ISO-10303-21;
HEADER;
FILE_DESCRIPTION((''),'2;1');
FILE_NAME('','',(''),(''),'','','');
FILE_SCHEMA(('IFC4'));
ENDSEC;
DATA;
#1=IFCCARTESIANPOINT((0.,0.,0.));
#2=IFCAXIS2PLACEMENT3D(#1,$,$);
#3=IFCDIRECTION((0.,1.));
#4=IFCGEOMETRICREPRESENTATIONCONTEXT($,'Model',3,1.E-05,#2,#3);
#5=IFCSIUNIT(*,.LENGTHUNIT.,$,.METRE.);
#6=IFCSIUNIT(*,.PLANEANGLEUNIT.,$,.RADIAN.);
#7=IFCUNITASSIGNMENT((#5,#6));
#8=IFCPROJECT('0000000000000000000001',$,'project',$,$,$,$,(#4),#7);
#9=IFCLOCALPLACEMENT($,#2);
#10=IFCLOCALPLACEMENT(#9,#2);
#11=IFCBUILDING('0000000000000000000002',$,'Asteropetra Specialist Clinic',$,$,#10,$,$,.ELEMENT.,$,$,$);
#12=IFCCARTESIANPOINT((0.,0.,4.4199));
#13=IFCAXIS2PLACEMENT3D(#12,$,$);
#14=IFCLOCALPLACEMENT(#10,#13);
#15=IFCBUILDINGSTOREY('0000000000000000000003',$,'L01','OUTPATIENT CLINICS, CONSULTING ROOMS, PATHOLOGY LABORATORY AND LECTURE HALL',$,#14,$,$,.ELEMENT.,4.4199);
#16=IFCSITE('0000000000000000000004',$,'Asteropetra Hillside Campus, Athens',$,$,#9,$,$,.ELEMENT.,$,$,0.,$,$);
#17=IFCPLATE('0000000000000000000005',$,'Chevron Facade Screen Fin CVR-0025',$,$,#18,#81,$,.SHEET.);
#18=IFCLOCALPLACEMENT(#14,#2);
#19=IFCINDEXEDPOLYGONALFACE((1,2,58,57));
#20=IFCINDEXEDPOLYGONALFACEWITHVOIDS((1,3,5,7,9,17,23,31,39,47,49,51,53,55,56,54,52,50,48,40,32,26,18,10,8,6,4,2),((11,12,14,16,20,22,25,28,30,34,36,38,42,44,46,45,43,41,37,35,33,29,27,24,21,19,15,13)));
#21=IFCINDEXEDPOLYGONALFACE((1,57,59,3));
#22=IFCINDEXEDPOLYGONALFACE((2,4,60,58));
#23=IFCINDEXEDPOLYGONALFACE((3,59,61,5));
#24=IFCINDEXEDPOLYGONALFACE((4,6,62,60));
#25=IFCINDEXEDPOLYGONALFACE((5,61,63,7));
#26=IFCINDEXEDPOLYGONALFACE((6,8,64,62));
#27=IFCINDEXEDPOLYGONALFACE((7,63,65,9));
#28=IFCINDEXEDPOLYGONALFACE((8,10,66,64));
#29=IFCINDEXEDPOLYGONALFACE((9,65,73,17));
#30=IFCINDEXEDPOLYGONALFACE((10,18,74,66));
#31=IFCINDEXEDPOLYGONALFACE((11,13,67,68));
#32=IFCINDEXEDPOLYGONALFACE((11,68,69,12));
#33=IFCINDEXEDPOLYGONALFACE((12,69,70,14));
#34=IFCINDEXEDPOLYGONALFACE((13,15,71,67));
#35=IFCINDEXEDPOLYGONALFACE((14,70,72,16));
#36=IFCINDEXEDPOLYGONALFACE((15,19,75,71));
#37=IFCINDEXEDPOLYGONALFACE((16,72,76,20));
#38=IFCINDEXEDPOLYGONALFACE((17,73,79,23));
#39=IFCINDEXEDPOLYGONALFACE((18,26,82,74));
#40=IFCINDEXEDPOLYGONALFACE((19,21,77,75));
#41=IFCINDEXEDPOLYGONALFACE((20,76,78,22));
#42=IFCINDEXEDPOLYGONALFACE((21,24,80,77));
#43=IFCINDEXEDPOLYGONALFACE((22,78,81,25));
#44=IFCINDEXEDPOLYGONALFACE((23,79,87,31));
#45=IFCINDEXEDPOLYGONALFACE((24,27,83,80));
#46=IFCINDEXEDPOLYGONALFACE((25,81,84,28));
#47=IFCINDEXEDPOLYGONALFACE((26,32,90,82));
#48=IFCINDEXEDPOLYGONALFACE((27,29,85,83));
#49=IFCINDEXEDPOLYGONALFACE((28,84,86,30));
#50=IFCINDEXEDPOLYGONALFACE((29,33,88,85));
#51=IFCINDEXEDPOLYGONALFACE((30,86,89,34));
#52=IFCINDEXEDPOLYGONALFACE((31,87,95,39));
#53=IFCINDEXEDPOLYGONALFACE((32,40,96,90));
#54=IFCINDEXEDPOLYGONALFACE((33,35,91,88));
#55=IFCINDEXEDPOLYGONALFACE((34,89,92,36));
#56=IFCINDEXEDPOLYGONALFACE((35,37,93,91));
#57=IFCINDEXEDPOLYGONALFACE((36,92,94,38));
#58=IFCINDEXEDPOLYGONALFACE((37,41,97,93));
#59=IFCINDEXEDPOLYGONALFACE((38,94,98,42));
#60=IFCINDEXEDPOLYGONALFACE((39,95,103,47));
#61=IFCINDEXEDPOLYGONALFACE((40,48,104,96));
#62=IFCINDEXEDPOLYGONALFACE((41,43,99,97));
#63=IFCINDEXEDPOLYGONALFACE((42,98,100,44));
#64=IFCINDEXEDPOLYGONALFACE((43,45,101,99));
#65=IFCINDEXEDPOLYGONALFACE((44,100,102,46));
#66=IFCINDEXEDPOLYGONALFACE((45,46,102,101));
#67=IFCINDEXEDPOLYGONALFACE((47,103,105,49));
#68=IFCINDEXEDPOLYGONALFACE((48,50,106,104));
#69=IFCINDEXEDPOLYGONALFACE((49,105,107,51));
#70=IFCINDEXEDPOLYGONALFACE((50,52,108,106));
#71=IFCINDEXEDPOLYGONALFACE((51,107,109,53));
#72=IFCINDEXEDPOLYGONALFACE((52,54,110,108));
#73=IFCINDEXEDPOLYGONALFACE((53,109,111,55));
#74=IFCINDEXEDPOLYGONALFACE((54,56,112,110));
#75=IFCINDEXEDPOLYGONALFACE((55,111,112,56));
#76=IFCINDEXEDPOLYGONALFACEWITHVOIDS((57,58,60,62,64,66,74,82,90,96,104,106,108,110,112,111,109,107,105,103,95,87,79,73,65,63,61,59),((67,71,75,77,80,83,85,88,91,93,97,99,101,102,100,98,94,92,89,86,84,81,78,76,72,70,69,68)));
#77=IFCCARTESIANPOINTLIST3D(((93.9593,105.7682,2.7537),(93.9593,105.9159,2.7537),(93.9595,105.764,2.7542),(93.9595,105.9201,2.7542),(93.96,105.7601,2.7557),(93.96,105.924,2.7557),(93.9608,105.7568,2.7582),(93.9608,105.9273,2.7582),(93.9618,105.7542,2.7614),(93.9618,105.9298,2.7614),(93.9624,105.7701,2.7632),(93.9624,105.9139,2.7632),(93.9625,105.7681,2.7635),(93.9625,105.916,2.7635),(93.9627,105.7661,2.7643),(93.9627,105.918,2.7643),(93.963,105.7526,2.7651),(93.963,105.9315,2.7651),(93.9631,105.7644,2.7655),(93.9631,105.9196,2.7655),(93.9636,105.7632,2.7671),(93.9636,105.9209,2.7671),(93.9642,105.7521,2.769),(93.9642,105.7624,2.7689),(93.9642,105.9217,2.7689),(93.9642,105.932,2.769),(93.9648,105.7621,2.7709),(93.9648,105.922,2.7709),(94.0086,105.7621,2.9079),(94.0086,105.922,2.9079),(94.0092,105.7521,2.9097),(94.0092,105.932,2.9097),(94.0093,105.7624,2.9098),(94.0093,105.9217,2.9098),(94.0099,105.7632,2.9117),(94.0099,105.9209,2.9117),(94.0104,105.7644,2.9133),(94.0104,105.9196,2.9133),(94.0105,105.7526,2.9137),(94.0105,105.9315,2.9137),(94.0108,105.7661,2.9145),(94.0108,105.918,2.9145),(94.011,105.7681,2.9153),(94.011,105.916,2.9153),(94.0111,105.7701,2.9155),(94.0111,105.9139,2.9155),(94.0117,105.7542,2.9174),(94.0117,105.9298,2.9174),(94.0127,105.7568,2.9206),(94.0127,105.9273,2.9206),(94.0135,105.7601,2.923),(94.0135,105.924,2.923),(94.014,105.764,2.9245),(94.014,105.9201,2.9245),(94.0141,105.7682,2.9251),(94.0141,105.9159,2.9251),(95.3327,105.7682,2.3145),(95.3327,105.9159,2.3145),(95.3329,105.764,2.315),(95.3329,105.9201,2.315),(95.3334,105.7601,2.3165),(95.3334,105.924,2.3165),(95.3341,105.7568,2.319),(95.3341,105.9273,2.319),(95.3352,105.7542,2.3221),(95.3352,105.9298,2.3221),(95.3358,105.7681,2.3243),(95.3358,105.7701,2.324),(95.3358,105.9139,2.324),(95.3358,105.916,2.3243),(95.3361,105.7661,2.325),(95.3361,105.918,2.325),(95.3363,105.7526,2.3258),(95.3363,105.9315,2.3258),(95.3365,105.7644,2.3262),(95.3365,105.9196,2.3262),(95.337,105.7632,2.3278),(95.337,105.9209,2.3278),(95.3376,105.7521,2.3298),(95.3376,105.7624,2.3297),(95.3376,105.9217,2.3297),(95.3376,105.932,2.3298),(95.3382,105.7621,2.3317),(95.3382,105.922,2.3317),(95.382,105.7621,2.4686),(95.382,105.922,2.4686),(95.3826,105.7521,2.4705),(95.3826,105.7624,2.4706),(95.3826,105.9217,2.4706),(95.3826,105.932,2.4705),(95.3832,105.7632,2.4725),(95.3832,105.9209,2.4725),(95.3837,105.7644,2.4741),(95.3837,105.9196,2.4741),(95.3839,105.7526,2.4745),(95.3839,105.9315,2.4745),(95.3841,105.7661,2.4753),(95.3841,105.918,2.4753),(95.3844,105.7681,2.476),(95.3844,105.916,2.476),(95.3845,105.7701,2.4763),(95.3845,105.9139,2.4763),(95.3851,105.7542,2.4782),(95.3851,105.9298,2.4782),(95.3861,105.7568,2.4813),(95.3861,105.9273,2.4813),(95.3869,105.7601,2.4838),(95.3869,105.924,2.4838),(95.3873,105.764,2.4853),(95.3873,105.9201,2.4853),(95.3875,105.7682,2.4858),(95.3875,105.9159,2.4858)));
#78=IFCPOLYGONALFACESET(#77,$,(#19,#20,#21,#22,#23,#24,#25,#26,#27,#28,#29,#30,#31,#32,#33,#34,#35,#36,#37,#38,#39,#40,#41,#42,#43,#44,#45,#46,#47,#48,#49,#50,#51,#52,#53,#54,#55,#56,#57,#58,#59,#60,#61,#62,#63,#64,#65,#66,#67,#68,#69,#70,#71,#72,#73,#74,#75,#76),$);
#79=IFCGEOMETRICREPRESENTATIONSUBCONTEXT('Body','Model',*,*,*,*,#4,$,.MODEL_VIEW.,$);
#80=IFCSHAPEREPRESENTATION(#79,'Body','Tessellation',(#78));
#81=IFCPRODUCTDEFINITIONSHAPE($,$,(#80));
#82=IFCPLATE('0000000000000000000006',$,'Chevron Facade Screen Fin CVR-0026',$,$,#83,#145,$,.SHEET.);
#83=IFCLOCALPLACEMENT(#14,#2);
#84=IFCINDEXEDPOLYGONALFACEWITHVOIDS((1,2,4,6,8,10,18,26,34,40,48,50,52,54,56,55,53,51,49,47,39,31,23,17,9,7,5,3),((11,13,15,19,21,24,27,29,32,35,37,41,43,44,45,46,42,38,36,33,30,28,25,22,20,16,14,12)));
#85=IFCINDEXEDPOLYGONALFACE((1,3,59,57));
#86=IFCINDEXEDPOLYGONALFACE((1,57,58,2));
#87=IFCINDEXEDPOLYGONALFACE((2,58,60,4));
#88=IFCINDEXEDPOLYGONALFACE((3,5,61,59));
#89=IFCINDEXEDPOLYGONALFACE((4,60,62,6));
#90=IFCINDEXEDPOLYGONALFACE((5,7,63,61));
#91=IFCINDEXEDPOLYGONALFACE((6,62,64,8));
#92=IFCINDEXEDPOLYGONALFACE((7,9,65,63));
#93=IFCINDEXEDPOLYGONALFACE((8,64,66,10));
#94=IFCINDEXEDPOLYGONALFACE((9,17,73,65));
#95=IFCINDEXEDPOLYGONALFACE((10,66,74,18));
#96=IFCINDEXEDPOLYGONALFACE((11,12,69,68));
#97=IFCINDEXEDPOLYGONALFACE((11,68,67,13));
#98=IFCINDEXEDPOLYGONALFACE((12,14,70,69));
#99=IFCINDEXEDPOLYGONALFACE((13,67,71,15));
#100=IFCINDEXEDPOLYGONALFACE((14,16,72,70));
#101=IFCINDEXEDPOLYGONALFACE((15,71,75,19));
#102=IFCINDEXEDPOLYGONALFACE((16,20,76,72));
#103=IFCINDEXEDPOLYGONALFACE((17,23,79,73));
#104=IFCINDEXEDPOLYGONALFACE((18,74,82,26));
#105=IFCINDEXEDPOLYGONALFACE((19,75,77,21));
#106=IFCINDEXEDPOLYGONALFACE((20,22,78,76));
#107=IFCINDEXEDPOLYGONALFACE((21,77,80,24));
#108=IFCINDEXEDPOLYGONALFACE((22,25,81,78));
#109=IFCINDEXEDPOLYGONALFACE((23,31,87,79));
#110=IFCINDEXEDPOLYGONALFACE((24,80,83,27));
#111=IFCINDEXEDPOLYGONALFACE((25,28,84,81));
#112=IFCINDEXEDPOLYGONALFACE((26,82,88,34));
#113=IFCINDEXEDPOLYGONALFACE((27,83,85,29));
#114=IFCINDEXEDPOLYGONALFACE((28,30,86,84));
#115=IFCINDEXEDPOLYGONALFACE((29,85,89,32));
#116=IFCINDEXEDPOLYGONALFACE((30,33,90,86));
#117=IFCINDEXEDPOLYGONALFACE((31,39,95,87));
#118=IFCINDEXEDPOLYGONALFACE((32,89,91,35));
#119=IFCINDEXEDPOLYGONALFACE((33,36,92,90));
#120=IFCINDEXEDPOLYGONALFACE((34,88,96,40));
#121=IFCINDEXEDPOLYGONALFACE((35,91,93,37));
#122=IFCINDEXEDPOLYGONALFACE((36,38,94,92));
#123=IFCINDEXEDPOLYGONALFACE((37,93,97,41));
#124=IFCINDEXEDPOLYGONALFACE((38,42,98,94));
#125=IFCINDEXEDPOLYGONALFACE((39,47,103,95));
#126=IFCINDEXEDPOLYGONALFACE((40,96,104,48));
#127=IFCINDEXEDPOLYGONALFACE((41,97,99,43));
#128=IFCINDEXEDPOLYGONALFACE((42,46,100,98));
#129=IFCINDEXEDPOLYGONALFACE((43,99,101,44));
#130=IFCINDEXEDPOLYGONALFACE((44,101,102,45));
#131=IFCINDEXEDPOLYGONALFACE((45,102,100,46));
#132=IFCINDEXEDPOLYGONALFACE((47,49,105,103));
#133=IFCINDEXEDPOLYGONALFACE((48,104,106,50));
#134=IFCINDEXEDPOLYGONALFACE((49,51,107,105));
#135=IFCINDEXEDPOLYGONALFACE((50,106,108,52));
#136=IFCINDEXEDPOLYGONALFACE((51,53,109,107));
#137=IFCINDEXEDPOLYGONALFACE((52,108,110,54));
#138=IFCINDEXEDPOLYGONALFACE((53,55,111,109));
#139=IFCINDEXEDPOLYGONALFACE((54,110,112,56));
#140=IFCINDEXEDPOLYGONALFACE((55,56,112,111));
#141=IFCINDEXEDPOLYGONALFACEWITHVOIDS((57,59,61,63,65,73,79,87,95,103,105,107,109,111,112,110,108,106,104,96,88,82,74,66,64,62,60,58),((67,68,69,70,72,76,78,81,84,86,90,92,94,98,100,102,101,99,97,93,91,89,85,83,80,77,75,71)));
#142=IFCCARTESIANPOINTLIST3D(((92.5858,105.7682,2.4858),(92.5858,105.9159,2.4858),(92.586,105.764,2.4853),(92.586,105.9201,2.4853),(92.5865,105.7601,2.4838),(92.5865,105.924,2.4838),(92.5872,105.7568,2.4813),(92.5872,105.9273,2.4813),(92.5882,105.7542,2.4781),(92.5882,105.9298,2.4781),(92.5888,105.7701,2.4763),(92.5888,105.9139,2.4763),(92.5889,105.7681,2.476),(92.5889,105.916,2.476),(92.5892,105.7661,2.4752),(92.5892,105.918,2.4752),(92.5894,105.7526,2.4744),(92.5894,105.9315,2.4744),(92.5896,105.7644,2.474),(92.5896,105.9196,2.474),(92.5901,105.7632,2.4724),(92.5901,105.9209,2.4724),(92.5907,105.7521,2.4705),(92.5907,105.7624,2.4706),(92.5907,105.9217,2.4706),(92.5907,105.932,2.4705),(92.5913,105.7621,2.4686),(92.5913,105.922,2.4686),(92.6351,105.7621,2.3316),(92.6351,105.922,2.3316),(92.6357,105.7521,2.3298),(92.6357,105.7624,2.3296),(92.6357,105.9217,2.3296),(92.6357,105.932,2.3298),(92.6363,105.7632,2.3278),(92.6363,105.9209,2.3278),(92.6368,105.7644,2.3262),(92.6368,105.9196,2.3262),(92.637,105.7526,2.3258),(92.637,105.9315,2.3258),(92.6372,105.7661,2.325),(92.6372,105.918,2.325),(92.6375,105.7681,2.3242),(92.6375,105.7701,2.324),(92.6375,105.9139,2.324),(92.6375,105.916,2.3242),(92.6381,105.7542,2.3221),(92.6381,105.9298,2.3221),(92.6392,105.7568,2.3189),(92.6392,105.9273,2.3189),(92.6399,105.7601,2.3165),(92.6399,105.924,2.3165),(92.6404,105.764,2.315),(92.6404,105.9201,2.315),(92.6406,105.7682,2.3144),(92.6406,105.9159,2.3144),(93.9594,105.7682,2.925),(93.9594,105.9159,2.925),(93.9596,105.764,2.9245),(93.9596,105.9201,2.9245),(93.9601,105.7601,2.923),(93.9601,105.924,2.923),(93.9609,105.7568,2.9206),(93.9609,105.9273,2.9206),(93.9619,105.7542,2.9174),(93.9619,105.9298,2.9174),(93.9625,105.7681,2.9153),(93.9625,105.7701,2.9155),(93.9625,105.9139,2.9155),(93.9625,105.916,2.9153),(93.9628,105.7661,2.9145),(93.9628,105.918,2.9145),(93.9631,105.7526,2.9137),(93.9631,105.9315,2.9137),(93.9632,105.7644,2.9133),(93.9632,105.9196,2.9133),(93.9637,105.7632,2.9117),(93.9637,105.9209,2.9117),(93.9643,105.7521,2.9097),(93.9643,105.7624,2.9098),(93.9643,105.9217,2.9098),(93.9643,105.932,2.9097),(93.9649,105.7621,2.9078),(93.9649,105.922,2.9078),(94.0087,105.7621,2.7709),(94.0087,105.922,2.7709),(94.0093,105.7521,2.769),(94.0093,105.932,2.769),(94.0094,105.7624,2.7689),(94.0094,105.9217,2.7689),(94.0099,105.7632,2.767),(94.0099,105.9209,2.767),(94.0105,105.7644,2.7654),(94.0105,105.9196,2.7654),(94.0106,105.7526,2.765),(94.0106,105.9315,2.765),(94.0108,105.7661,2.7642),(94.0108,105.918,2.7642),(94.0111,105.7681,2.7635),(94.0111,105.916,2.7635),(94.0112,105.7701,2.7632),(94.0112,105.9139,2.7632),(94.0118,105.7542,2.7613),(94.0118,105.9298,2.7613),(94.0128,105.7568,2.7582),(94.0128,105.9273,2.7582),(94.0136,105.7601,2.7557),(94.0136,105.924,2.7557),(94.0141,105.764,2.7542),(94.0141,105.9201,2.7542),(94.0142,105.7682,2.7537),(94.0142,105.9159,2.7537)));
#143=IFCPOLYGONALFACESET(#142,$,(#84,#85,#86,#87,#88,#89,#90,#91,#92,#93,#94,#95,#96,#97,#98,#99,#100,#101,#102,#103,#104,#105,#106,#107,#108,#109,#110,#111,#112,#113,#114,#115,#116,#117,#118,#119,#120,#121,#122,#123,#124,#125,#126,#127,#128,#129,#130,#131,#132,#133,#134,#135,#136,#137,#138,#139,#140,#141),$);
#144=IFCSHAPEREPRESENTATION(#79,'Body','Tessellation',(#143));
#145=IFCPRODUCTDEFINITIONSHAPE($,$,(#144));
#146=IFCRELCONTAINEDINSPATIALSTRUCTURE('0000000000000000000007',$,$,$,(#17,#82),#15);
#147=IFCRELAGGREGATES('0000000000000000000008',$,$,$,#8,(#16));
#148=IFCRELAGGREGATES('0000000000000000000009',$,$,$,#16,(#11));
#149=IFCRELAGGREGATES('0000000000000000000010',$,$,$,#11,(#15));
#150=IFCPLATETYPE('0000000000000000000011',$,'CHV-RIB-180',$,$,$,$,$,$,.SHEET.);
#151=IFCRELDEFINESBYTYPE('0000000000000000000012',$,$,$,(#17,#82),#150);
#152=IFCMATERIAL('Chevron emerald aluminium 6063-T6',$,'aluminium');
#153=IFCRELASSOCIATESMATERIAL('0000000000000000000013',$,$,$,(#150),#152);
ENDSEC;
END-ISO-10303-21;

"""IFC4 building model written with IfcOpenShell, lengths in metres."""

from ifc_helpers import new_model, si_unit, direction, frame, origin, origin_2d, place, context, subcontext, project, spatial, hollow_rectangle, extrude, material, material_profile, profile_set, type_object, element, save


model = new_model("IFC4")

# Units and contexts
model_context = context("Model", 3, precision=1e-05, world=origin(), true_north=direction((0.0, 1.0)))
body_context = subcontext(model_context, "Body", "Model", "MODEL_VIEW")
ifc_project = project(units=[si_unit("LENGTHUNIT", "METRE"), si_unit("PLANEANGLEUNIT", "RADIAN")], contexts=[model_context])

# Site, building, storey
site_placement = place(None, origin())
site = spatial("IfcSite", under=ifc_project, at=site_placement, Name="Asteropetra Hillside Campus, Athens", CompositionType="ELEMENT", RefElevation=0.0)
building_placement = place(site_placement, origin())
building = spatial("IfcBuilding", under=site, at=building_placement, Name="Asteropetra Specialist Clinic", CompositionType="ELEMENT")
storey_placement = place(building_placement, frame((0.0, 0.0, 4.4199)))
storey = spatial("IfcBuildingStorey", under=building, at=storey_placement, Name="L01", Description="OUTPATIENT CLINICS, CONSULTING ROOMS, PATHOLOGY LABORATORY AND LECTURE HALL", CompositionType="ELEMENT", Elevation=4.4199)

# Plates
ifc_material_1 = material(Name="Chevron emerald aluminium 6063-T6", Category="aluminium")
ifc_material_profile = material_profile(ifc_material_1, hollow_rectangle(XDim=0.1799, YDim=0.1799, WallThickness=0.01, InnerFilletRadius=0.0081, OuterFilletRadius=0.0161, at=origin_2d()), Name="SHS 180x180x10.0")
ifc_profile_set = profile_set([ifc_material_profile], Name="Chevron emerald aluminium 6063-T6")
plate_type = type_object("IfcPlateType", Name="CHV-RIB-180", PredefinedType="SHEET", material=ifc_profile_set)
plate_1_placement = place(storey_placement, frame((95.3601, 105.842, 2.4001), z_axis=(-0.952473, 0.0, 0.304622), x_axis=(0.0, -1.0, 0.0)))
element("IfcPlate", 1, at=plate_1_placement, inside=storey, type_object=plate_type, Name="Chevron Facade Screen Fin CVR-0025", PredefinedType="SHEET", context=body_context, shape_type="SweptSolid", body=[
    extrude(hollow_rectangle(XDim=0.1799, YDim=0.1799, WallThickness=0.01, InnerFilletRadius=0.0081, OuterFilletRadius=0.0161, at=origin_2d()), origin(), (0.0, 0.0, 1.0), 1.4419),
])
plate_2_placement = place(storey_placement, frame((93.9868, 105.842, 2.8394), z_axis=(-0.952489, 0.0, -0.304573), x_axis=(0.0, -1.0, 0.0)))
element("IfcPlate", 2, at=plate_2_placement, inside=storey, type_object=plate_type, Name="Chevron Facade Screen Fin CVR-0026", PredefinedType="SHEET", context=body_context, shape_type="SweptSolid", body=[
    extrude(hollow_rectangle(XDim=0.1799, YDim=0.1799, WallThickness=0.01, InnerFilletRadius=0.0081, OuterFilletRadius=0.0161, at=origin_2d()), origin(), (0.0, 0.0, 1.0), 1.4421),
])

save(model, "model.ifc")
